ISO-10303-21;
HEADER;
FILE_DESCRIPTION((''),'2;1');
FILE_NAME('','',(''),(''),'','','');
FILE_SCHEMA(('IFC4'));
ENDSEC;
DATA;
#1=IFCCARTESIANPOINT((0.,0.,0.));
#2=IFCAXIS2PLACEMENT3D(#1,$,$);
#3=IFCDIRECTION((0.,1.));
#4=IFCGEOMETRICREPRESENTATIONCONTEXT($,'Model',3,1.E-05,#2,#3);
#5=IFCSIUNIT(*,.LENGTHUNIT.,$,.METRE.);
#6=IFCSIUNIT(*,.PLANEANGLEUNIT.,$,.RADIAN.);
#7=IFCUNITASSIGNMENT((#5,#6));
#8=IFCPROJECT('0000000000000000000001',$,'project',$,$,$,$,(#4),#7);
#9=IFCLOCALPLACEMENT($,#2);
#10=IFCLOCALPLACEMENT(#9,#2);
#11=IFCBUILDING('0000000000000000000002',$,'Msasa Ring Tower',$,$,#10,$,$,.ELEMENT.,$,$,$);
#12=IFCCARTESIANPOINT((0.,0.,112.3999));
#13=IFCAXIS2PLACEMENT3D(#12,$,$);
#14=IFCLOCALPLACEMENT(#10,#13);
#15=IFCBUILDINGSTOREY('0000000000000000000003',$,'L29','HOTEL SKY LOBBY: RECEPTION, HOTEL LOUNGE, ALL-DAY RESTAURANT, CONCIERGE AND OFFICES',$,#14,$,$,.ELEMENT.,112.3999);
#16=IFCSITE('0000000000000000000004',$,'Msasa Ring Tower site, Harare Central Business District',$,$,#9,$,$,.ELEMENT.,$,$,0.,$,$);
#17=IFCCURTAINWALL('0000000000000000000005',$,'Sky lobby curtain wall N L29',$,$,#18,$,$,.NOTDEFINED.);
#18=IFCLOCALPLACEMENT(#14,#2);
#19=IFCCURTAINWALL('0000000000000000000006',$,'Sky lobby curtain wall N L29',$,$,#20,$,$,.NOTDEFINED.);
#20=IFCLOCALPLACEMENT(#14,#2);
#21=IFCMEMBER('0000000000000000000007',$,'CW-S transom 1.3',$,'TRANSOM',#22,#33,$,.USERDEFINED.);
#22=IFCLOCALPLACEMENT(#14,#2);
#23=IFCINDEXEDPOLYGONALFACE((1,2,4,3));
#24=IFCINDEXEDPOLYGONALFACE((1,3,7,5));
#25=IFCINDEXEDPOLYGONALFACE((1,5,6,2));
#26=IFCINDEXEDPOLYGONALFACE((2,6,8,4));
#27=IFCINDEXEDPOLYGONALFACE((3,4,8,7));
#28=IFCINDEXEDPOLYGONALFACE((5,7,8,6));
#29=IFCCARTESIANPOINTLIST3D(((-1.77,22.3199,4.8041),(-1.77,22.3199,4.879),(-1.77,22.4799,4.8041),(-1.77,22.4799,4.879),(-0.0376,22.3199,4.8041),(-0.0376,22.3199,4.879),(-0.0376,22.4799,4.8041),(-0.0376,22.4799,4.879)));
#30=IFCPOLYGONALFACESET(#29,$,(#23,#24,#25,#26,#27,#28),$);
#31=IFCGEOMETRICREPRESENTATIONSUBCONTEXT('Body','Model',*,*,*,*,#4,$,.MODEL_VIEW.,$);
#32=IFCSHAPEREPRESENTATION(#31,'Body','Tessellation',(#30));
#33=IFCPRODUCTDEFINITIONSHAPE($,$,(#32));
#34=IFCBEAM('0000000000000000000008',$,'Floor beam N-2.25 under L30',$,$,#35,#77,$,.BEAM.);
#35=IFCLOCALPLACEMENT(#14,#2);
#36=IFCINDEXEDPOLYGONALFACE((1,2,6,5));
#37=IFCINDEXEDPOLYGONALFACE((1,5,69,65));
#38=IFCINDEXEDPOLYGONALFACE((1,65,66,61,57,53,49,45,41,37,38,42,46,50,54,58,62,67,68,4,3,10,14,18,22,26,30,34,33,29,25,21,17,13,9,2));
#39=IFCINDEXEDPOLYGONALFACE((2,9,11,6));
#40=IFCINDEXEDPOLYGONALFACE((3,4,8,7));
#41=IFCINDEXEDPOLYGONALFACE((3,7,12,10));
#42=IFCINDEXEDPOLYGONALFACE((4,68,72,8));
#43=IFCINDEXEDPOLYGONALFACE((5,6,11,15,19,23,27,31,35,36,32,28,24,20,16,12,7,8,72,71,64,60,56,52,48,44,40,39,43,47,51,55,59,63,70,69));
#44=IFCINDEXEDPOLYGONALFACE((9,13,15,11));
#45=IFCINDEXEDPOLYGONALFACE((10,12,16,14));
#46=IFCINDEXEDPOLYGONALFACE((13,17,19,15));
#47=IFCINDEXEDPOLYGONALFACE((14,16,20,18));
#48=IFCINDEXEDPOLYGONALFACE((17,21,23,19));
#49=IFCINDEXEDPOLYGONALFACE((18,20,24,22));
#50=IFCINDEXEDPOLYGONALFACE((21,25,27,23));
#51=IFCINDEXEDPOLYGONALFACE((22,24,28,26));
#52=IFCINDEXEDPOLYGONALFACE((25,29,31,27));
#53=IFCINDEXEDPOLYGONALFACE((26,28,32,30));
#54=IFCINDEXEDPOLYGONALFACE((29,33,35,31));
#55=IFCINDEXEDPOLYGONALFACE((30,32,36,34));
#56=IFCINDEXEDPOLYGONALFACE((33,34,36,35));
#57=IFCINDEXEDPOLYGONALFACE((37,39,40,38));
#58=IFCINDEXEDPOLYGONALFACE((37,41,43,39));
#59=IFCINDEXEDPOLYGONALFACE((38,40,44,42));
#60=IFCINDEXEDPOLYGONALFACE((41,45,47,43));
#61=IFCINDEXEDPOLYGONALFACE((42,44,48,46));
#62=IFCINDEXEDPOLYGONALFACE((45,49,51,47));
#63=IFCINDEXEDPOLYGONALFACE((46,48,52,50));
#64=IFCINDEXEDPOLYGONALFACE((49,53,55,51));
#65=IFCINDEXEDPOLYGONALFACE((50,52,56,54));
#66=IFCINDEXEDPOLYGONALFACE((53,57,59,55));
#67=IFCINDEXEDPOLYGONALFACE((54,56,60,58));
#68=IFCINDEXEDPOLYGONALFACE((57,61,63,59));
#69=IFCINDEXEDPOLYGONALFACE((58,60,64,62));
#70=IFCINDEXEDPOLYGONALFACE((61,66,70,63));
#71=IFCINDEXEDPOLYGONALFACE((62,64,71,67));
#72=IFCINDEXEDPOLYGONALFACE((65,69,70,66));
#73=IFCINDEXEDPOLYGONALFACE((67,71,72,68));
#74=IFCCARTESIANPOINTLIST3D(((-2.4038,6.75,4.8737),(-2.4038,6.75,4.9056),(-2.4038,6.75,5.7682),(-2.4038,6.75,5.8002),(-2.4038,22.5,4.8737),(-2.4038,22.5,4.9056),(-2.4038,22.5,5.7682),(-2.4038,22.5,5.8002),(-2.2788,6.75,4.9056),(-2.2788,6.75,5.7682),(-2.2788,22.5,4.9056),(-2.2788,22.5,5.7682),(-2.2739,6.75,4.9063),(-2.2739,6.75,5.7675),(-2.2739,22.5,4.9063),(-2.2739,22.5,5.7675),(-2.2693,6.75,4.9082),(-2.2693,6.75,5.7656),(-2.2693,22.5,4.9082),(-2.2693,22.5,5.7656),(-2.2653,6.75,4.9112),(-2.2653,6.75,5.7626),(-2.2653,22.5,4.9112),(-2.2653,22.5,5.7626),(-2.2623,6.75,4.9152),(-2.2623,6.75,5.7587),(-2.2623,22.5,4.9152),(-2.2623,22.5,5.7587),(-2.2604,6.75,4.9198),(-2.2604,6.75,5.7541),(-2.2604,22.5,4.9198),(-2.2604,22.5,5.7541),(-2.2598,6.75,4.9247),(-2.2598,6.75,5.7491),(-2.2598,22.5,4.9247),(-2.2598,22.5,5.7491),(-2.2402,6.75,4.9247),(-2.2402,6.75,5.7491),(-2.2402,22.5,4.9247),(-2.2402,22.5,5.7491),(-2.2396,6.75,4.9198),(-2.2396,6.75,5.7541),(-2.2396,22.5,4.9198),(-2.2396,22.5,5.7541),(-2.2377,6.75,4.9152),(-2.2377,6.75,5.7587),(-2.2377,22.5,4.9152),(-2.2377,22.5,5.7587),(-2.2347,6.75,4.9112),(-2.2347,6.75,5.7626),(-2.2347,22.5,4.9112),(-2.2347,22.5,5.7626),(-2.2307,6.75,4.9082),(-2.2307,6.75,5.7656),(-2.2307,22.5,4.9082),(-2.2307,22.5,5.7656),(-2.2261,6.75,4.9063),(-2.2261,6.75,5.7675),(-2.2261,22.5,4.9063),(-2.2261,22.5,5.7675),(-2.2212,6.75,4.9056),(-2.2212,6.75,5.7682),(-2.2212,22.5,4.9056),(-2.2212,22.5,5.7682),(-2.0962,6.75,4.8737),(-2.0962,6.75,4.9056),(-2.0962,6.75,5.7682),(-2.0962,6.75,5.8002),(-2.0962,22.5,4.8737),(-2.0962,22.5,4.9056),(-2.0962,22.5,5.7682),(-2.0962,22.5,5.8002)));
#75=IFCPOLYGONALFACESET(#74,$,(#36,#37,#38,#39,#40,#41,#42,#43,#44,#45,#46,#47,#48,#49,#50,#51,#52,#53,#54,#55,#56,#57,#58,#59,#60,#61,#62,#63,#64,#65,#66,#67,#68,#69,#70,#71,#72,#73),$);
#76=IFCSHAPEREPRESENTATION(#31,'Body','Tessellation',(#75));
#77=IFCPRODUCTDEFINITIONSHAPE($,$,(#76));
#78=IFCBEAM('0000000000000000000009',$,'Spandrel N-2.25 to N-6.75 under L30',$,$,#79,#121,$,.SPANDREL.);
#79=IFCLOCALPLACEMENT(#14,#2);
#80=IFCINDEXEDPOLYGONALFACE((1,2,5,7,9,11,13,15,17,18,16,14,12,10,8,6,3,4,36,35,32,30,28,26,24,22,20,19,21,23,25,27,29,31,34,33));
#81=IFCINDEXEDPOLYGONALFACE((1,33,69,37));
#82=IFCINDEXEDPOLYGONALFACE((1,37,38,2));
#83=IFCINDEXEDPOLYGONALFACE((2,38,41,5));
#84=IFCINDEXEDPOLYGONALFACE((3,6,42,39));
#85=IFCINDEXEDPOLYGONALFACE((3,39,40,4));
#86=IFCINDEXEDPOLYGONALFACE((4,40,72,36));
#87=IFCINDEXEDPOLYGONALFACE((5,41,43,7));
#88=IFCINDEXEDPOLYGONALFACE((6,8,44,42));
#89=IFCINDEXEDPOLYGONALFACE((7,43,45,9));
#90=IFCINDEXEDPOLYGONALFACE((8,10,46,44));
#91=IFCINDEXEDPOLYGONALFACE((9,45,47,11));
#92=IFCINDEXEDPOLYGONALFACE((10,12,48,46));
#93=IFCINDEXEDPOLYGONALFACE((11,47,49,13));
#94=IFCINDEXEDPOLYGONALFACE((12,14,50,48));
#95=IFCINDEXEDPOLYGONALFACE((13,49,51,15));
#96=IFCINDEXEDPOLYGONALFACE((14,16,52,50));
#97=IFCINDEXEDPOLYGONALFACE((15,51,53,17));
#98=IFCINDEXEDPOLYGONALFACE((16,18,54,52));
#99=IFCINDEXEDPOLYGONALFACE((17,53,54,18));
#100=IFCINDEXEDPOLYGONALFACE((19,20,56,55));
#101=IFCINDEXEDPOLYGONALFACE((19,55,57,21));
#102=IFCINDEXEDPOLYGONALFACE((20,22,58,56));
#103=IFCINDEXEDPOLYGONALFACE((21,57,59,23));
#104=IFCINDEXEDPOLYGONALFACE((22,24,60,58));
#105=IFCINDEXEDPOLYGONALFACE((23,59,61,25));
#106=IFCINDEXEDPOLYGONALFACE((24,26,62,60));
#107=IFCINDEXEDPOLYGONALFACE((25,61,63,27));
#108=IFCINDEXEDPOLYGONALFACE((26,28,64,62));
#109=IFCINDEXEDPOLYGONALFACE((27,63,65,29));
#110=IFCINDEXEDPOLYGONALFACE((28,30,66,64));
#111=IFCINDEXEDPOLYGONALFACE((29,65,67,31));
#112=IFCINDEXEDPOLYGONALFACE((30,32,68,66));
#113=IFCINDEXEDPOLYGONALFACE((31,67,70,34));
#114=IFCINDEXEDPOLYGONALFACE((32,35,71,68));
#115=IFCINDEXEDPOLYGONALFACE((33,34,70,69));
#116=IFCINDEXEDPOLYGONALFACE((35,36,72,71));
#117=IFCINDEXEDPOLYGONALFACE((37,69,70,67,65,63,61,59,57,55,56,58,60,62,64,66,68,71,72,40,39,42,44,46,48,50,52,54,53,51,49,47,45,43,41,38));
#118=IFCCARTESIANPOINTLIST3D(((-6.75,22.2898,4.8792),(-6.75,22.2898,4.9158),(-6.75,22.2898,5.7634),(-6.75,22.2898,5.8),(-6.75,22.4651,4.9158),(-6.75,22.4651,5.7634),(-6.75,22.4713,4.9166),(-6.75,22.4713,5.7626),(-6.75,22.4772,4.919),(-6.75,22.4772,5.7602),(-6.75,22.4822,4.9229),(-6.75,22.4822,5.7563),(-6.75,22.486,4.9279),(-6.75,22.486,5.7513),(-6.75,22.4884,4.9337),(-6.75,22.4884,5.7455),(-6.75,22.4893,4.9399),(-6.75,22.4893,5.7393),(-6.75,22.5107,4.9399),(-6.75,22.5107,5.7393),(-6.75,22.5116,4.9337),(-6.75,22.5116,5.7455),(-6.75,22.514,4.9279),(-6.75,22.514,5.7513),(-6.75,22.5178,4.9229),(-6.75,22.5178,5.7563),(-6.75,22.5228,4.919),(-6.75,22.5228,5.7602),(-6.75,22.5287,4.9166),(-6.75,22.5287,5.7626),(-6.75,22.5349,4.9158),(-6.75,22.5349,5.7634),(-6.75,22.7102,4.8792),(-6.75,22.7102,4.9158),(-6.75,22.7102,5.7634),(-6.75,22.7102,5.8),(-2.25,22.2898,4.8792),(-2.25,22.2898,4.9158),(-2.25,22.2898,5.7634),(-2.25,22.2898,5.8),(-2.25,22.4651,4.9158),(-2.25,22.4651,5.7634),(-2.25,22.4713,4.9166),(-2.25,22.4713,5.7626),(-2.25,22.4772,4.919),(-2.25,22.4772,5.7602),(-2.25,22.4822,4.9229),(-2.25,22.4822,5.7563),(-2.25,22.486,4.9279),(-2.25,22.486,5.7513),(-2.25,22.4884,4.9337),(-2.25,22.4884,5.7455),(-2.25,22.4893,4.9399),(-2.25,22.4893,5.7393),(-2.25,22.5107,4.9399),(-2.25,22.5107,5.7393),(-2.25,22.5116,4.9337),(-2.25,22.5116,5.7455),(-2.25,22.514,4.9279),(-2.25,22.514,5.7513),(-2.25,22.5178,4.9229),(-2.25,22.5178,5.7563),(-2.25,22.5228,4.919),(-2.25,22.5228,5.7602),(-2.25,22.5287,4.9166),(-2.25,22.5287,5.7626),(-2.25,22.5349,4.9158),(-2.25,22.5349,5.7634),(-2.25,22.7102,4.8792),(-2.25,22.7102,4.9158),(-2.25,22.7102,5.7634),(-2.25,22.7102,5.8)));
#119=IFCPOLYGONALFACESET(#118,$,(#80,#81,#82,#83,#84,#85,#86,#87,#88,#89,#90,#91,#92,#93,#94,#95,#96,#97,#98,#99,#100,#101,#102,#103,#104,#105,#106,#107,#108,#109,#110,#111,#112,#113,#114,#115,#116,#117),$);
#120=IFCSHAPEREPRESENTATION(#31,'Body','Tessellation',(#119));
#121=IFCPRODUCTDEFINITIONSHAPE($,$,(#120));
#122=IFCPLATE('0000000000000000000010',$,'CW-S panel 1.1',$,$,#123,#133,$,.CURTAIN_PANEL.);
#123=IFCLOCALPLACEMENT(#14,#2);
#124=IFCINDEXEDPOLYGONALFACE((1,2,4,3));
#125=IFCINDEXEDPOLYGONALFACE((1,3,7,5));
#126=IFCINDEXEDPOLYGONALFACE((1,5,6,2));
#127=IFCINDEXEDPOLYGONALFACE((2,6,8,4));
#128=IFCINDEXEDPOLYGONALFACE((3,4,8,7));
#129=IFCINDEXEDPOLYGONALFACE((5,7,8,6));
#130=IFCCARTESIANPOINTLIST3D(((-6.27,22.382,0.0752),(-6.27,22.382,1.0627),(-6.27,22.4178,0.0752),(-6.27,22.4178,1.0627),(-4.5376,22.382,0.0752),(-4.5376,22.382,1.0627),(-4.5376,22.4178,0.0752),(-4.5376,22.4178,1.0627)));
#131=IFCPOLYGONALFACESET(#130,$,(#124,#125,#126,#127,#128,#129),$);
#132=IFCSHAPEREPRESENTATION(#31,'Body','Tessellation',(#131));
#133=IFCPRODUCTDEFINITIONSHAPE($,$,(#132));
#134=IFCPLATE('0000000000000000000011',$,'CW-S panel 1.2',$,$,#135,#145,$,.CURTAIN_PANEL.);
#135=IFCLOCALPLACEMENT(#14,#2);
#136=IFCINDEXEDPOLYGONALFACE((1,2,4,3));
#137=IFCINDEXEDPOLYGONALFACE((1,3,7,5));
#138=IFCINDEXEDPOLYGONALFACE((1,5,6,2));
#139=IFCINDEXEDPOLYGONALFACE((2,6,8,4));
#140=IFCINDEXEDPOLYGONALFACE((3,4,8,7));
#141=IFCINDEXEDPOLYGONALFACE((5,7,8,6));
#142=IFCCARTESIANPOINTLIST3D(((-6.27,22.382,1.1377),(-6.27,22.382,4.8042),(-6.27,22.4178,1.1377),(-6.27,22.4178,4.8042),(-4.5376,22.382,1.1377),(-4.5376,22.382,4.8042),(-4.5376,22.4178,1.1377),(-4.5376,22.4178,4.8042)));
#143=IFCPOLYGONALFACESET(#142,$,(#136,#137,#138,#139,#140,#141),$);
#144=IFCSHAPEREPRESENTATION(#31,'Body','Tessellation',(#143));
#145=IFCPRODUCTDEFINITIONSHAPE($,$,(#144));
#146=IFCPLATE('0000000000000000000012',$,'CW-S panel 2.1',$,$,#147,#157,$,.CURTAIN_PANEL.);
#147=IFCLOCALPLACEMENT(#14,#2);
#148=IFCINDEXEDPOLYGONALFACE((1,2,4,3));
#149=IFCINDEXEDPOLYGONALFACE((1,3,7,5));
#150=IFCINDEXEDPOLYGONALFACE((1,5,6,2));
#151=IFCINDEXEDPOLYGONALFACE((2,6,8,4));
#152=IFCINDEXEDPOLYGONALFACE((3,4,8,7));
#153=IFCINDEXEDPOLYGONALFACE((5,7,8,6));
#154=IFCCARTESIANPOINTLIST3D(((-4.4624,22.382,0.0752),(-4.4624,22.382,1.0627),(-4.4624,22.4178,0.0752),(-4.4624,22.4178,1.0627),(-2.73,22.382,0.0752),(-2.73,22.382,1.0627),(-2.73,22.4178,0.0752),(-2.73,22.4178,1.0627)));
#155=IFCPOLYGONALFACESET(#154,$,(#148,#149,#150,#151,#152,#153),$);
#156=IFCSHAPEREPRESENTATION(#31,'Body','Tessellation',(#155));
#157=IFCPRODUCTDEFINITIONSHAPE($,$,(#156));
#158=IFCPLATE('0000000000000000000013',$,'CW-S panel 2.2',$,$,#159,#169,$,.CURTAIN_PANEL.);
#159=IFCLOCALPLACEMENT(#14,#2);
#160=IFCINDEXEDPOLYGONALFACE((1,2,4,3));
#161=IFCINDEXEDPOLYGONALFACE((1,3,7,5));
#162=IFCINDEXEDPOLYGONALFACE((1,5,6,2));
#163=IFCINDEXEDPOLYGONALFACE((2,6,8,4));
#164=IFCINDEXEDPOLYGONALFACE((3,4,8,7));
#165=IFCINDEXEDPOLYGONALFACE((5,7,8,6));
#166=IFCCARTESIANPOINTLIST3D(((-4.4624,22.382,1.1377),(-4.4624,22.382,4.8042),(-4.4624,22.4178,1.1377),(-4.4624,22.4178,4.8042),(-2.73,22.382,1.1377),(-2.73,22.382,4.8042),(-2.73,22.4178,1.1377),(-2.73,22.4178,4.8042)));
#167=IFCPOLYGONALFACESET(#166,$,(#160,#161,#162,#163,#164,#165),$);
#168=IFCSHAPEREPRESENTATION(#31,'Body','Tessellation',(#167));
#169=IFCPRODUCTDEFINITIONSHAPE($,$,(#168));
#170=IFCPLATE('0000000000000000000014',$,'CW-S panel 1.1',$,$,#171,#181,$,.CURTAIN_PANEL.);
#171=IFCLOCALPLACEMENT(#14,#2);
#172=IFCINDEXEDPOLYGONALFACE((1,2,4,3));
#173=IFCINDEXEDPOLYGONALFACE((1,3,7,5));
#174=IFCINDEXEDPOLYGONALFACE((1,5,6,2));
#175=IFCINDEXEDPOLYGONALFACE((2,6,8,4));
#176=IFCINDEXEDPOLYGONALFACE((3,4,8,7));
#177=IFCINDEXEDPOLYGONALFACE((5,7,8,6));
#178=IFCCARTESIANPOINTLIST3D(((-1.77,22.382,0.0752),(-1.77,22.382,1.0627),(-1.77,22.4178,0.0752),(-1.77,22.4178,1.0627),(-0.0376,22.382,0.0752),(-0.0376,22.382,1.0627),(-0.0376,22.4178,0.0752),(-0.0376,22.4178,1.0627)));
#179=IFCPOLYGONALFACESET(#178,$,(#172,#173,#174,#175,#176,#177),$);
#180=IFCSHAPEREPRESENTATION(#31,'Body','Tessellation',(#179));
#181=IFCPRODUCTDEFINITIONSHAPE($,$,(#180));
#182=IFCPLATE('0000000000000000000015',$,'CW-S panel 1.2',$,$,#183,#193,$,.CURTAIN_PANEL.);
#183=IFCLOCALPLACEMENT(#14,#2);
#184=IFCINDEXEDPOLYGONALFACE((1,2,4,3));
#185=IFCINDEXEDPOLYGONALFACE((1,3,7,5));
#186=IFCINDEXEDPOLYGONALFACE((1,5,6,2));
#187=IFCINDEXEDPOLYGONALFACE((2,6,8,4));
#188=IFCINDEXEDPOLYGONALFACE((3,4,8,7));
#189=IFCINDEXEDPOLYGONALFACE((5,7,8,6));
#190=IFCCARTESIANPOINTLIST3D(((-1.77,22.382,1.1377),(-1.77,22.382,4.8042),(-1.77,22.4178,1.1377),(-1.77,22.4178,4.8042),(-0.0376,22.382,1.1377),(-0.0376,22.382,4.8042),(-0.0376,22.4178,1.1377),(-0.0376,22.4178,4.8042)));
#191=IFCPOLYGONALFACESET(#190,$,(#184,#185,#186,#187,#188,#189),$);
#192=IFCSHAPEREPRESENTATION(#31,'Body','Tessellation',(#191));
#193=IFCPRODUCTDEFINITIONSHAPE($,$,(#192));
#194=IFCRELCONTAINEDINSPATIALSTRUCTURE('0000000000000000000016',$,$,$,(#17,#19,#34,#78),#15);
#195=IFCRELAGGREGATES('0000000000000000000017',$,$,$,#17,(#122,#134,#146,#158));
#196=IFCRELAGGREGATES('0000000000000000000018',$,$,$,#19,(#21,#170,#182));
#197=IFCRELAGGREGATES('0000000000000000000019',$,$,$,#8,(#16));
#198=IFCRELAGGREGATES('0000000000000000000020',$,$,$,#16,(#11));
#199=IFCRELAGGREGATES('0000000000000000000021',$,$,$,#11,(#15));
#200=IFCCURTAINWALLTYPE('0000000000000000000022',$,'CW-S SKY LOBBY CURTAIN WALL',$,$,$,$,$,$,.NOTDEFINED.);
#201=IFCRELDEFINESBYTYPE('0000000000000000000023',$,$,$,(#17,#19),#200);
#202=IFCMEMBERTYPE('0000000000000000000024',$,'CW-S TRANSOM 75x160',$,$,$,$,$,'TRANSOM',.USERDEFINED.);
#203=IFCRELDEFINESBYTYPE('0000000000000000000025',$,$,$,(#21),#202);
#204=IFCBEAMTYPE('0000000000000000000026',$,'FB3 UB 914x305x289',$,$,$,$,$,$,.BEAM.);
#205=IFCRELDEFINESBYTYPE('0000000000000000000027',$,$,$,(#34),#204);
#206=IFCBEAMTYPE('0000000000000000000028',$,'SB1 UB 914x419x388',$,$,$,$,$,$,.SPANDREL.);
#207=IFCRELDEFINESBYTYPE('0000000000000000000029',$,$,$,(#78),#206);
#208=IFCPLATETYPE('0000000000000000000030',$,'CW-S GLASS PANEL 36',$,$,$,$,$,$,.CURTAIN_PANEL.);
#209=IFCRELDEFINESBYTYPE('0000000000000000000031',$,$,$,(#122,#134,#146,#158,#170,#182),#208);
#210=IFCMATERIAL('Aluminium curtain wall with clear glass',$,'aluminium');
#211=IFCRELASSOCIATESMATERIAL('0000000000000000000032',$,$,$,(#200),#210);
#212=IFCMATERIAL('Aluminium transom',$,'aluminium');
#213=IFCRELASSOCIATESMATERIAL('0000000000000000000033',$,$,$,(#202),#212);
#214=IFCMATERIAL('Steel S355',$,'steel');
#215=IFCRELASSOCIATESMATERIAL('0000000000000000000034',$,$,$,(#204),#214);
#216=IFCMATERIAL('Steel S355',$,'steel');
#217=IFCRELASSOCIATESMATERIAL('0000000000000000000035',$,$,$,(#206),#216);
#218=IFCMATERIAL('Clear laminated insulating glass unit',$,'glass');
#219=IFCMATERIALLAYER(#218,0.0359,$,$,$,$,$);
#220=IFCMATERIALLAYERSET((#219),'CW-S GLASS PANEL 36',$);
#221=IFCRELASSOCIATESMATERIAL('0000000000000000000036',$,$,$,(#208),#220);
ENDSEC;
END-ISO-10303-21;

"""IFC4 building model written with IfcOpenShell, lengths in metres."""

from ifc_helpers import new_model, si_unit, direction, frame, origin, origin_2d, place, context, subcontext, project, spatial, rectangle, i_section, extrude, material, layer, layer_set, material_profile, profile_set, type_object, element, aggregate, save


model = new_model("IFC4")

# Units and contexts
model_context = context("Model", 3, precision=1e-05, world=origin(), true_north=direction((0.0, 1.0)))
body_context = subcontext(model_context, "Body", "Model", "MODEL_VIEW")
ifc_project = project(units=[si_unit("LENGTHUNIT", "METRE"), si_unit("PLANEANGLEUNIT", "RADIAN")], contexts=[model_context])

# Site, building, storey
site_placement = place(None, origin())
site = spatial("IfcSite", under=ifc_project, at=site_placement, Name="Msasa Ring Tower site, Harare Central Business District", CompositionType="ELEMENT", RefElevation=0.0)
building_placement = place(site_placement, origin())
building = spatial("IfcBuilding", under=site, at=building_placement, Name="Msasa Ring Tower", CompositionType="ELEMENT")
storey_placement = place(building_placement, frame((0.0, 0.0, 112.3999)))
storey = spatial("IfcBuildingStorey", under=building, at=storey_placement, Name="L29", Description="HOTEL SKY LOBBY: RECEPTION, HOTEL LOUNGE, ALL-DAY RESTAURANT, CONCIERGE AND OFFICES", CompositionType="ELEMENT", Elevation=112.3999)

# Curtain walls
ifc_material_1 = material(Name="Aluminium curtain wall with clear glass", Category="aluminium")
curtain_wall_type = type_object("IfcCurtainWallType", Name="CW-S SKY LOBBY CURTAIN WALL", PredefinedType="NOTDEFINED", material=ifc_material_1)
curtain_wall_1_placement = place(storey_placement, origin())
curtain_wall_1 = element("IfcCurtainWall", 1, at=curtain_wall_1_placement, inside=storey, type_object=curtain_wall_type, Name="Sky lobby curtain wall N L29", PredefinedType="NOTDEFINED")
curtain_wall_2_placement = place(storey_placement, origin())
curtain_wall_2 = element("IfcCurtainWall", 2, at=curtain_wall_2_placement, inside=storey, type_object=curtain_wall_type, Name="Sky lobby curtain wall N L29", PredefinedType="NOTDEFINED")

# Member
ifc_material_2 = material(Name="Aluminium transom", Category="aluminium")
ifc_material_profile_1 = material_profile(ifc_material_2, rectangle(XDim=0.1599, YDim=0.075, at=origin_2d()), Name="AL 75x160")
ifc_profile_set_1 = profile_set([ifc_material_profile_1], Name="Aluminium transom")
member_type_1 = type_object("IfcMemberType", Name="CW-S TRANSOM 75x160", ElementType="TRANSOM", PredefinedType="USERDEFINED", material=ifc_profile_set_1)
member_1_placement = place(storey_placement, frame((-1.77, 22.3999, 4.8416), z_axis=(1.0, 0.0, 0.0), x_axis=(0.0, 1.0, 0.0)))
member_1 = element("IfcMember", 3, at=member_1_placement, type_object=member_type_1, Name="CW-S transom 1.3", ObjectType="TRANSOM", PredefinedType="USERDEFINED", context=body_context, shape_type="SweptSolid", body=[
    extrude(rectangle(XDim=0.1599, YDim=0.075, at=origin_2d()), origin(), (0.0, 0.0, 1.0), 1.7324),
])

# Beams
ifc_material_3 = material(Name="Steel S355", Category="steel")
ifc_material_profile_2 = material_profile(ifc_material_3, i_section(OverallWidth=0.3076, OverallDepth=0.9265, WebThickness=0.0195, FlangeThickness=0.032, FilletRadius=0.019, at=origin_2d()), Name="UB 914x305x289")
ifc_profile_set_2 = profile_set([ifc_material_profile_2], Name="Steel S355")
beam_type_1 = type_object("IfcBeamType", Name="FB3 UB 914x305x289", PredefinedType="BEAM", material=ifc_profile_set_2)
beam_1_placement = place(storey_placement, frame((-2.25, 22.5, 5.3369), z_axis=(0.0, -1.0, 0.0), x_axis=(1.0, 0.0, 0.0)))
element("IfcBeam", 4, at=beam_1_placement, inside=storey, type_object=beam_type_1, Name="Floor beam N-2.25 under L30", PredefinedType="BEAM", context=body_context, shape_type="SweptSolid", body=[
    extrude(i_section(OverallWidth=0.3076, OverallDepth=0.9265, WebThickness=0.0195, FlangeThickness=0.032, FilletRadius=0.019, at=origin_2d()), origin(), (0.0, 0.0, 1.0), 15.75),
])
ifc_material_4 = material(Name="Steel S355", Category="steel")
ifc_material_profile_3 = material_profile(ifc_material_4, i_section(OverallWidth=0.4204, OverallDepth=0.9209, WebThickness=0.0215, FlangeThickness=0.0366, FilletRadius=0.0242, at=origin_2d()), Name="UB 914x419x388")
ifc_profile_set_3 = profile_set([ifc_material_profile_3], Name="Steel S355")
beam_type_2 = type_object("IfcBeamType", Name="SB1 UB 914x419x388", PredefinedType="SPANDREL", material=ifc_profile_set_3)
beam_2_placement = place(storey_placement, frame((-2.25, 22.5, 5.3396), z_axis=(-1.0, 0.0, 0.0), x_axis=(0.0, -1.0, 0.0)))
element("IfcBeam", 5, at=beam_2_placement, inside=storey, type_object=beam_type_2, Name="Spandrel N-2.25 to N-6.75 under L30", PredefinedType="SPANDREL", context=body_context, shape_type="SweptSolid", body=[
    extrude(i_section(OverallWidth=0.4204, OverallDepth=0.9209, WebThickness=0.0215, FlangeThickness=0.0366, FilletRadius=0.0242, at=origin_2d()), origin(), (0.0, 0.0, 1.0), 4.5),
])

# Plates
ifc_material_5 = material(Name="Clear laminated insulating glass unit", Category="glass")
ifc_layer = layer(ifc_material_5, 0.0359)
ifc_layer_set = layer_set([ifc_layer], Name="CW-S GLASS PANEL 36")
plate_type = type_object("IfcPlateType", Name="CW-S GLASS PANEL 36", PredefinedType="CURTAIN_PANEL", material=ifc_layer_set)
plate_1_placement = place(storey_placement, frame((-5.4038, 22.3999, 0.0752), z_axis=(0.0, 0.0, 1.0), x_axis=(1.0, 0.0, 0.0)))
plate_1 = element("IfcPlate", 6, at=plate_1_placement, type_object=plate_type, Name="CW-S panel 1.1", PredefinedType="CURTAIN_PANEL", context=body_context, shape_type="SweptSolid", body=[
    extrude(rectangle(XDim=1.7324, YDim=0.0359, at=origin_2d()), origin(), (0.0, 0.0, 1.0), 0.9875),
])
plate_2_placement = place(storey_placement, frame((-5.4038, 22.3999, 1.1377), z_axis=(0.0, 0.0, 1.0), x_axis=(1.0, 0.0, 0.0)))
plate_2 = element("IfcPlate", 7, at=plate_2_placement, type_object=plate_type, Name="CW-S panel 1.2", PredefinedType="CURTAIN_PANEL", context=body_context, shape_type="SweptSolid", body=[
    extrude(rectangle(XDim=1.7324, YDim=0.0359, at=origin_2d()), origin(), (0.0, 0.0, 1.0), 3.6665),
])
plate_3_placement = place(storey_placement, frame((-3.5962, 22.3999, 0.0752), z_axis=(0.0, 0.0, 1.0), x_axis=(1.0, 0.0, 0.0)))
plate_3 = element("IfcPlate", 8, at=plate_3_placement, type_object=plate_type, Name="CW-S panel 2.1", PredefinedType="CURTAIN_PANEL", context=body_context, shape_type="SweptSolid", body=[
    extrude(rectangle(XDim=1.7324, YDim=0.0359, at=origin_2d()), origin(), (0.0, 0.0, 1.0), 0.9875),
])
plate_4_placement = place(storey_placement, frame((-3.5962, 22.3999, 1.1377), z_axis=(0.0, 0.0, 1.0), x_axis=(1.0, 0.0, 0.0)))
plate_4 = element("IfcPlate", 9, at=plate_4_placement, type_object=plate_type, Name="CW-S panel 2.2", PredefinedType="CURTAIN_PANEL", context=body_context, shape_type="SweptSolid", body=[
    extrude(rectangle(XDim=1.7324, YDim=0.0359, at=origin_2d()), origin(), (0.0, 0.0, 1.0), 3.6665),
])
aggregate(curtain_wall_1, [plate_1, plate_2, plate_3, plate_4])
plate_5_placement = place(storey_placement, frame((-0.9038, 22.3999, 0.0752), z_axis=(0.0, 0.0, 1.0), x_axis=(1.0, 0.0, 0.0)))
plate_5 = element("IfcPlate", 10, at=plate_5_placement, type_object=plate_type, Name="CW-S panel 1.1", PredefinedType="CURTAIN_PANEL", context=body_context, shape_type="SweptSolid", body=[
    extrude(rectangle(XDim=1.7324, YDim=0.0359, at=origin_2d()), origin(), (0.0, 0.0, 1.0), 0.9875),
])
plate_6_placement = place(storey_placement, frame((-0.9038, 22.3999, 1.1377), z_axis=(0.0, 0.0, 1.0), x_axis=(1.0, 0.0, 0.0)))
plate_6 = element("IfcPlate", 11, at=plate_6_placement, type_object=plate_type, Name="CW-S panel 1.2", PredefinedType="CURTAIN_PANEL", context=body_context, shape_type="SweptSolid", body=[
    extrude(rectangle(XDim=1.7324, YDim=0.0359, at=origin_2d()), origin(), (0.0, 0.0, 1.0), 3.6665),
])
aggregate(curtain_wall_2, [member_1, plate_5, plate_6])

save(model, "model.ifc")
